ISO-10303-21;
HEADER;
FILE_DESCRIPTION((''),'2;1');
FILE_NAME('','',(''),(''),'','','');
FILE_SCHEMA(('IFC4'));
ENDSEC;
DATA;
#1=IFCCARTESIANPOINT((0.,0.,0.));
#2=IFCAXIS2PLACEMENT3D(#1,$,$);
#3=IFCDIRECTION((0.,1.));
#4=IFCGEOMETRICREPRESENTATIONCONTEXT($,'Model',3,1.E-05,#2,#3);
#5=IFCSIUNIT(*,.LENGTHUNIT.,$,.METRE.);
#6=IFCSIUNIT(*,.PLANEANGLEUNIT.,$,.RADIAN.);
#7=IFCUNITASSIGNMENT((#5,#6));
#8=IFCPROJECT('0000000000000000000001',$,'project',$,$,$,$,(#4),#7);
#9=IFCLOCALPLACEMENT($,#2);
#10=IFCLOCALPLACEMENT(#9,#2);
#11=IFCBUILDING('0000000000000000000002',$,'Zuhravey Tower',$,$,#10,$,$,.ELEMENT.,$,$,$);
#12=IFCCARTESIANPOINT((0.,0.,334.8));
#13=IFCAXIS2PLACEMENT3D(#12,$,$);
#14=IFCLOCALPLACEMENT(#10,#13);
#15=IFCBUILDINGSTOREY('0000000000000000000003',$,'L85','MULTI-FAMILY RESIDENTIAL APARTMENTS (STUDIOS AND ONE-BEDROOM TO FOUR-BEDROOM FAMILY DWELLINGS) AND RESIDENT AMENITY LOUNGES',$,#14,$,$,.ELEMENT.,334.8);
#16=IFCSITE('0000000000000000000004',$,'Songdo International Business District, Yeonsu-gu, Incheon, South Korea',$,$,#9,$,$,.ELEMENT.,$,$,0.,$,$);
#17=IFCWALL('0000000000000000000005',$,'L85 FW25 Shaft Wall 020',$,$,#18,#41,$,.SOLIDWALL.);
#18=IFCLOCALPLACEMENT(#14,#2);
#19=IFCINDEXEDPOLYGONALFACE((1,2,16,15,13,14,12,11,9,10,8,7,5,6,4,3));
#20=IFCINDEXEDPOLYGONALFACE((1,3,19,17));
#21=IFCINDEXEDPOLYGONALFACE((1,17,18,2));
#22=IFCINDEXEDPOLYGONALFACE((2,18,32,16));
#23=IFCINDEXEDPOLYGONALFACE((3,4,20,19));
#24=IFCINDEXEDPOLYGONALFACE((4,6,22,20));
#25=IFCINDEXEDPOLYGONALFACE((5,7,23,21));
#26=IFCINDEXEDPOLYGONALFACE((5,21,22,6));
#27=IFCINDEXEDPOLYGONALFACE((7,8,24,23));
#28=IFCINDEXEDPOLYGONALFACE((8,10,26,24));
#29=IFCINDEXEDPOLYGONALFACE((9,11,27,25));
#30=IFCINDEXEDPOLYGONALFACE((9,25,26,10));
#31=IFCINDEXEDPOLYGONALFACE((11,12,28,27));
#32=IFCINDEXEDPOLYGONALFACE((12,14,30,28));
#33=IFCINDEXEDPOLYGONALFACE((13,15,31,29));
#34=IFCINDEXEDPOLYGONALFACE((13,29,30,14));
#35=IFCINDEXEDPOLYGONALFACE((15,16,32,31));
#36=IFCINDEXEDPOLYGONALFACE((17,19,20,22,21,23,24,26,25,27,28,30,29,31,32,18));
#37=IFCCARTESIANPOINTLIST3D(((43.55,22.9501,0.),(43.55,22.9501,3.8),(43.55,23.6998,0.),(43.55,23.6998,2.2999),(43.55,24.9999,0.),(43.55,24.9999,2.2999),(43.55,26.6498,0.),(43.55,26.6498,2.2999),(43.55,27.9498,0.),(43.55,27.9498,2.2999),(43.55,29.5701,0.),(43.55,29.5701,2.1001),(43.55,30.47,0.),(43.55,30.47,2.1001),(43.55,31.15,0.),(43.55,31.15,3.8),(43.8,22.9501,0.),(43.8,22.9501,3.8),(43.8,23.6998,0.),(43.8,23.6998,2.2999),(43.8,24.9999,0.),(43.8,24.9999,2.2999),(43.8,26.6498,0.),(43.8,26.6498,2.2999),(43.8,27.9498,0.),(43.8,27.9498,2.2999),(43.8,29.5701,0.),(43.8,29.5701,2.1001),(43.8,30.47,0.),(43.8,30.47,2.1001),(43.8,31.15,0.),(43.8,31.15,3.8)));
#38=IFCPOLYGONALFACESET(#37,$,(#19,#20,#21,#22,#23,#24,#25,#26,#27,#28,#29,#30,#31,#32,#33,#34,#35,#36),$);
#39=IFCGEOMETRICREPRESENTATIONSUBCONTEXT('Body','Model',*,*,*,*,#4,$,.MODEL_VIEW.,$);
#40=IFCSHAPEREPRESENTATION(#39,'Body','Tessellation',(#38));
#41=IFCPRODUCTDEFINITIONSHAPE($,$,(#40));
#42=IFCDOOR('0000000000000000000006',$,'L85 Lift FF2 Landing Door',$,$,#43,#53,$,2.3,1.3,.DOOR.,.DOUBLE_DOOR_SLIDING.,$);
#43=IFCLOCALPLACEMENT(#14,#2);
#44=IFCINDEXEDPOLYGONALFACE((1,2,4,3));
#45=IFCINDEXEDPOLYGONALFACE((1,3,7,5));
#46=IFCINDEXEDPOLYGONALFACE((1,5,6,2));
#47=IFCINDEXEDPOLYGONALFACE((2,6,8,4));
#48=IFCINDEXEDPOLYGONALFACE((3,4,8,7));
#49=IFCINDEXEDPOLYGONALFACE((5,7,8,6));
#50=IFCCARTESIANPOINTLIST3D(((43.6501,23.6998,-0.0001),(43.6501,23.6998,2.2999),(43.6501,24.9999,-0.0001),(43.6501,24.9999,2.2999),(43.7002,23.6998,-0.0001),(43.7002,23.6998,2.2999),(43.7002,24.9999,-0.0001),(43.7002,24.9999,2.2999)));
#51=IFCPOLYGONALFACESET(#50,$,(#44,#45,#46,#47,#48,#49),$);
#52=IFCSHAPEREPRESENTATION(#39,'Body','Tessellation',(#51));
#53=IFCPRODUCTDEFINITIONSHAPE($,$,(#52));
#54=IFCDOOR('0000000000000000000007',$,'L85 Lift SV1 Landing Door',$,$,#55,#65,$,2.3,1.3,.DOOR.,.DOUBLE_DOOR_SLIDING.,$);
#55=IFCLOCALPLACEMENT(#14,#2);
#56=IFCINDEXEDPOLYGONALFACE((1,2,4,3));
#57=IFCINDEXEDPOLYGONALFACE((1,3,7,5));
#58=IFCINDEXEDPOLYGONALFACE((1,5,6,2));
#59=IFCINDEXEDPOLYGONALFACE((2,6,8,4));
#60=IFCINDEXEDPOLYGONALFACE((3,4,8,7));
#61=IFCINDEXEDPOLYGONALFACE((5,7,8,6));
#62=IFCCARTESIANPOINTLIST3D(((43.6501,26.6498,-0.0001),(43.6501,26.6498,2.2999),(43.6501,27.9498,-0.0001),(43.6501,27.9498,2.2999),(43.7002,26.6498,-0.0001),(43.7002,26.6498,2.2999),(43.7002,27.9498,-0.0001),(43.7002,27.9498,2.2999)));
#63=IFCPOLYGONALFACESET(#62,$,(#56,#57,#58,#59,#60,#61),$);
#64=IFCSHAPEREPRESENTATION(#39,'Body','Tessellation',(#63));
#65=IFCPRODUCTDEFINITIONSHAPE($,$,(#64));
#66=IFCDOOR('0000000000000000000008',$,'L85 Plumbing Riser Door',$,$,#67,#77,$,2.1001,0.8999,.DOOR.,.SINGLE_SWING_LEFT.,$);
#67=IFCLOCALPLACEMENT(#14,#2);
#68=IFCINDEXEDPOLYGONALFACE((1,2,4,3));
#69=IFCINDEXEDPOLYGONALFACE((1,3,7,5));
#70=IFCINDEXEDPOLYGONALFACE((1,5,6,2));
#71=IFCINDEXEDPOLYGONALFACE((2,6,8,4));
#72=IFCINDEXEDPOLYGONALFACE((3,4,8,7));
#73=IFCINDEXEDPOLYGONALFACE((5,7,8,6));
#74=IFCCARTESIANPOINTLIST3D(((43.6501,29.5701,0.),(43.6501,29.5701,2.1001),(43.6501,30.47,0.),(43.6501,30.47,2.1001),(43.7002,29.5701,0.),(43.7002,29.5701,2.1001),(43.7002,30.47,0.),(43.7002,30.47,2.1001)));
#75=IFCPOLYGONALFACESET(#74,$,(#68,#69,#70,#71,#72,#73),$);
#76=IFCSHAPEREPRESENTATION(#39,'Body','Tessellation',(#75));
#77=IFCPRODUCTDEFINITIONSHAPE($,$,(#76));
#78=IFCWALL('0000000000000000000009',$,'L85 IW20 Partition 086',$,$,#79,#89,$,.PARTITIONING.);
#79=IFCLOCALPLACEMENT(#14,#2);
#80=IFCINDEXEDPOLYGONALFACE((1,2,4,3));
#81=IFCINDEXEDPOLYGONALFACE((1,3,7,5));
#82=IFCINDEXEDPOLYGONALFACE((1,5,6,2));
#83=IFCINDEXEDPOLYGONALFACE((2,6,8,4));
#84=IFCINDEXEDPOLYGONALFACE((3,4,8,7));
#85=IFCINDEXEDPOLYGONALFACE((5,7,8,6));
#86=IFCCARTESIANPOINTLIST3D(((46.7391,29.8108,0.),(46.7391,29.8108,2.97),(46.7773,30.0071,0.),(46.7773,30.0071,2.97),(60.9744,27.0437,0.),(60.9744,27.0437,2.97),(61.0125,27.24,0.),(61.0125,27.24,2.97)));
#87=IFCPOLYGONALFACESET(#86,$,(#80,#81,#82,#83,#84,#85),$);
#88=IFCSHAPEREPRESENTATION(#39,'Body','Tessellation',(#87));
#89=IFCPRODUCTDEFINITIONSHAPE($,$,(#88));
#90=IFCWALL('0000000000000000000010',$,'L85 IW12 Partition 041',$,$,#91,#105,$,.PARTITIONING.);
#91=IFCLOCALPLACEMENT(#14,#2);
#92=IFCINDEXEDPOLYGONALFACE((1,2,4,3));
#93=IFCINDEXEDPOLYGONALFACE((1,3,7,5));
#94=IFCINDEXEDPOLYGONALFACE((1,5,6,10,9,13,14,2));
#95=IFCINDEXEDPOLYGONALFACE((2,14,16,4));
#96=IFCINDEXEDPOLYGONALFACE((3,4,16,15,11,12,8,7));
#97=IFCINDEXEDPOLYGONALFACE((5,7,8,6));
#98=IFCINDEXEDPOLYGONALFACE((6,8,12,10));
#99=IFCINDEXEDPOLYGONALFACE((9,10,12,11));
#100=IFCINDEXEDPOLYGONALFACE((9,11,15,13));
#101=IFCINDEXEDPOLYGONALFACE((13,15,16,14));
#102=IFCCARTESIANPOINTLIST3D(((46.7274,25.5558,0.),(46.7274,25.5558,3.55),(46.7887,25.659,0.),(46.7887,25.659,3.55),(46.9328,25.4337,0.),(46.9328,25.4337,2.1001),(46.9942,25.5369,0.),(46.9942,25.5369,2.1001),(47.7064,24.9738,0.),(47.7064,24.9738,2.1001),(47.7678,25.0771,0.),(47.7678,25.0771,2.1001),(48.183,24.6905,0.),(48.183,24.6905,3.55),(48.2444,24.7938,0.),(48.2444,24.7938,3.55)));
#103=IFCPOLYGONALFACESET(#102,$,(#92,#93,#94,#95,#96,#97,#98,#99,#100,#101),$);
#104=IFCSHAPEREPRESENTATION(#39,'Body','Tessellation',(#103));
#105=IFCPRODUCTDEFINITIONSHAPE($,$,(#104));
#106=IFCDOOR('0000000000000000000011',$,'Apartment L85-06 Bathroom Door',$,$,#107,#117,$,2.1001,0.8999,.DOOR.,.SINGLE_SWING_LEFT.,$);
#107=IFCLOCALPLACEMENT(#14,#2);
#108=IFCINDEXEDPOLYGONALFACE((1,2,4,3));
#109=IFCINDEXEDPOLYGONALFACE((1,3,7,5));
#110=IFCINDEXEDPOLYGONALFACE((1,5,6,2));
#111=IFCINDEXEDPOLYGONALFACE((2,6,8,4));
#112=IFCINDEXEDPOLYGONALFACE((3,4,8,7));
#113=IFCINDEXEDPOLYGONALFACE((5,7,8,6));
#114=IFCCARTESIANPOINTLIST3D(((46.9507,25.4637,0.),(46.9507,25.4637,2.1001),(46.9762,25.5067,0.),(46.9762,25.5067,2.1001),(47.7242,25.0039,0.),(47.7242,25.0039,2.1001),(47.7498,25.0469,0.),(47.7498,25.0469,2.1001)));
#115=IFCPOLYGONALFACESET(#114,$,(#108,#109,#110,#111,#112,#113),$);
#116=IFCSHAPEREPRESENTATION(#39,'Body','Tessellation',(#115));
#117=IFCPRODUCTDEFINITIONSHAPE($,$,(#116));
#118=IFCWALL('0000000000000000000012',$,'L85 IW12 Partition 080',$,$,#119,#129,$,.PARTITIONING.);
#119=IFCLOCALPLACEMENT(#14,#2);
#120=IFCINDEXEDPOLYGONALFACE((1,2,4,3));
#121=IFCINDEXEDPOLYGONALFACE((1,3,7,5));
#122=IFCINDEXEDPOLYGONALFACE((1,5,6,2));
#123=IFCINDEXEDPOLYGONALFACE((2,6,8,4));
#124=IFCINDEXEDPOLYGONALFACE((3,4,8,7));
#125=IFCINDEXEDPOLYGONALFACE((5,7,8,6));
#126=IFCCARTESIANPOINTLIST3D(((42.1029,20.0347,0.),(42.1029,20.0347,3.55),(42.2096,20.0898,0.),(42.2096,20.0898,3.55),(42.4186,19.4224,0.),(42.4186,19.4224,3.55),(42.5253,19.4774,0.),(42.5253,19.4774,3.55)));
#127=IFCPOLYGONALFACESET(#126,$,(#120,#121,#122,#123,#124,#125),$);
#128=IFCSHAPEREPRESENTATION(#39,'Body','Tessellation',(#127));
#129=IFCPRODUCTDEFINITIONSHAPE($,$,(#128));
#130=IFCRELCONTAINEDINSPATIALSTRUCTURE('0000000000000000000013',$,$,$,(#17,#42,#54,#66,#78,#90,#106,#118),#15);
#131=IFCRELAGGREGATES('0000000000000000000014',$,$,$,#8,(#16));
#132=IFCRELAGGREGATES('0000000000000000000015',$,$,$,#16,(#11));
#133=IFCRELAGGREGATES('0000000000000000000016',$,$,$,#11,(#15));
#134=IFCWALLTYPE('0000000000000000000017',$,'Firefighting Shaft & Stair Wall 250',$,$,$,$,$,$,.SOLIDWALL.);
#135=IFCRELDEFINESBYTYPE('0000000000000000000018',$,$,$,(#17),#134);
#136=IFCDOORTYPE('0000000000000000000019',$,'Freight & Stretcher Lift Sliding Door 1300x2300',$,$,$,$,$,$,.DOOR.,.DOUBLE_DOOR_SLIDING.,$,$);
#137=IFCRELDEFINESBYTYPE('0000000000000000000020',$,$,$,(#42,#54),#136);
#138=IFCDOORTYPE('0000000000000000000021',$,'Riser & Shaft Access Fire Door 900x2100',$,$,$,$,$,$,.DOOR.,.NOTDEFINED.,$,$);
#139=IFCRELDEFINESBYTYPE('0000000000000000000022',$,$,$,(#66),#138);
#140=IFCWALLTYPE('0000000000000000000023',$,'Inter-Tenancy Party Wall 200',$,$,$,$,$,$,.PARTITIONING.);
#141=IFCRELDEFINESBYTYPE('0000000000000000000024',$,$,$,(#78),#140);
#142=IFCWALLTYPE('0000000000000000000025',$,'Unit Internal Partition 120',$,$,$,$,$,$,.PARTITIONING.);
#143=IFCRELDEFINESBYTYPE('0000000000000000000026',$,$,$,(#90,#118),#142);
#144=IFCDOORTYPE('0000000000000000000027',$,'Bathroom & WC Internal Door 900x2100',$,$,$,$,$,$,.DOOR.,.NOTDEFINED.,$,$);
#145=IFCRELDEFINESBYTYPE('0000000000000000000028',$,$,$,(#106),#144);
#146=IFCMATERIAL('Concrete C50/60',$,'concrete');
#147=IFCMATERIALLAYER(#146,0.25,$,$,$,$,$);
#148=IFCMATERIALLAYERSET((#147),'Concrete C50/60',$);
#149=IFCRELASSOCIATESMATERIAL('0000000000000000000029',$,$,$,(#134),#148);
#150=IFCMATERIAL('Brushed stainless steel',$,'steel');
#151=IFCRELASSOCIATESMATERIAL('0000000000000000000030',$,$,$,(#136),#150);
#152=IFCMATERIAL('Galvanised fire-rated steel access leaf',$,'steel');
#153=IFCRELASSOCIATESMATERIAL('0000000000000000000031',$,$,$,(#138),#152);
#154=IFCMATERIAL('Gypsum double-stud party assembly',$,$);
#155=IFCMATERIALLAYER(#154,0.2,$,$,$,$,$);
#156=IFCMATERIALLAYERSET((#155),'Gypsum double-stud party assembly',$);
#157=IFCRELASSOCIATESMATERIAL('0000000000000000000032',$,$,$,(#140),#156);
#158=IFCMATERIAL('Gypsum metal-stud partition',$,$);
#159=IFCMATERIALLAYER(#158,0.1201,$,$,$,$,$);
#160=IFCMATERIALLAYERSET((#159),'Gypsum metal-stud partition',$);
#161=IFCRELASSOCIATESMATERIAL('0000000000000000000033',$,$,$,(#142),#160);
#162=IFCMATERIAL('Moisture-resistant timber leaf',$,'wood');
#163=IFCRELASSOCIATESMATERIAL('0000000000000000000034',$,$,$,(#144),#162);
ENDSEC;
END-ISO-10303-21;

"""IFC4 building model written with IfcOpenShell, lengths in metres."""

from ifc_helpers import new_model, si_unit, direction, frame, frame_2d, origin, place, context, subcontext, project, spatial, rectangle, extrude, material, layer, layer_set, type_object, element, fill, save


model = new_model("IFC4")

# Units and contexts
model_context = context("Model", 3, precision=1e-05, world=origin(), true_north=direction((0.0, 1.0)))
body_context = subcontext(model_context, "Body", "Model", "MODEL_VIEW")
ifc_project = project(units=[si_unit("LENGTHUNIT", "METRE"), si_unit("PLANEANGLEUNIT", "RADIAN")], contexts=[model_context])

# Site, building, storey
site_placement = place(None, origin())
site = spatial("IfcSite", under=ifc_project, at=site_placement, Name="Songdo International Business District, Yeonsu-gu, Incheon, South Korea", CompositionType="ELEMENT", RefElevation=0.0)
building_placement = place(site_placement, origin())
building = spatial("IfcBuilding", under=site, at=building_placement, Name="Zuhravey Tower", CompositionType="ELEMENT")
storey_placement = place(building_placement, frame((0.0, 0.0, 334.8)))
storey = spatial("IfcBuildingStorey", under=building, at=storey_placement, Name="L85", Description="MULTI-FAMILY RESIDENTIAL APARTMENTS (STUDIOS AND ONE-BEDROOM TO FOUR-BEDROOM FAMILY DWELLINGS) AND RESIDENT AMENITY LOUNGES", CompositionType="ELEMENT", Elevation=334.8)

# Shared definitions
ifc_material_1 = material(Name="Concrete C50/60", Category="concrete")

# Shared definitions
ifc_layer_1 = layer(ifc_material_1, 0.25)
ifc_layer_set_1 = layer_set([ifc_layer_1], Name="Concrete C50/60")
wall_type_1 = type_object("IfcWallType", Name="Firefighting Shaft & Stair Wall 250", PredefinedType="SOLIDWALL", material=ifc_layer_set_1)

# Wall, openings, doors
wall_1_placement = place(storey_placement, frame((43.675, 22.95, 0.0), z_axis=(0.0, 0.0, 1.0), x_axis=(0.0, 1.0, 0.0)))
wall_1 = element("IfcWall", 1, at=wall_1_placement, inside=storey, type_object=wall_type_1, Name="L85 FW25 Shaft Wall 020", PredefinedType="SOLIDWALL", context=body_context, shape_type="SweptSolid", body=[
    extrude(rectangle(XDim=8.2, YDim=0.25, at=frame_2d((4.1001, 0.0))), origin(), (0.0, 0.0, 1.0), 3.8),
])
opening_1_placement = place(wall_1_placement, frame((0.75, 0.0, 0.0)))
opening_1 = element("IfcOpeningElement", 2, at=opening_1_placement, cuts=wall_1, PredefinedType="OPENING", context=body_context, shape_type="SweptSolid", body=[
    extrude(rectangle(XDim=1.3, YDim=2.3, at=frame_2d((0.6499, 1.1499))), frame((0.0, 0.137, 0.0), z_axis=(0.0, -1.0, 0.0), x_axis=(1.0, 0.0, 0.0)), (0.0, 0.0, 1.0), 0.2739),
])
opening_2_placement = place(wall_1_placement, frame((3.7, 0.0, 0.0)))
opening_2 = element("IfcOpeningElement", 3, at=opening_2_placement, cuts=wall_1, PredefinedType="OPENING", context=body_context, shape_type="SweptSolid", body=[
    extrude(rectangle(XDim=1.3, YDim=2.3, at=frame_2d((0.6499, 1.1499))), frame((0.0, 0.137, 0.0), z_axis=(0.0, -1.0, 0.0), x_axis=(1.0, 0.0, 0.0)), (0.0, 0.0, 1.0), 0.2739),
])
opening_3_placement = place(wall_1_placement, frame((6.6201, 0.0, 0.0)))
opening_3 = element("IfcOpeningElement", 4, at=opening_3_placement, cuts=wall_1, PredefinedType="OPENING", context=body_context, shape_type="SweptSolid", body=[
    extrude(rectangle(XDim=0.8999, YDim=2.1001, at=frame_2d((0.45, 1.05))), frame((0.0, 0.137, 0.0), z_axis=(0.0, -1.0, 0.0), x_axis=(1.0, 0.0, 0.0)), (0.0, 0.0, 1.0), 0.2739),
])
ifc_material_2 = material(Name="Brushed stainless steel", Category="steel")
door_type_1 = type_object("IfcDoorType", Name="Freight & Stretcher Lift Sliding Door 1300x2300", OperationType="DOUBLE_DOOR_SLIDING", PredefinedType="DOOR", material=ifc_material_2)
door_1_placement = place(opening_1_placement, origin())
door_1 = element("IfcDoor", 5, at=door_1_placement, inside=storey, type_object=door_type_1, Name="L85 Lift FF2 Landing Door", OperationType="DOUBLE_DOOR_SLIDING", OverallHeight=2.3, OverallWidth=1.3, PredefinedType="DOOR", context=body_context, shape_type="SweptSolid", body=[
    extrude(rectangle(XDim=1.3, YDim=2.3, at=frame_2d((0.6499, 1.1499))), frame((0.0, 0.0249, 0.0), z_axis=(0.0, -1.0, 0.0), x_axis=(1.0, 0.0, 0.0)), (0.0, 0.0, 1.0), 0.05),
])
fill(opening_1, door_1)
door_2_placement = place(opening_2_placement, origin())
door_2 = element("IfcDoor", 6, at=door_2_placement, inside=storey, type_object=door_type_1, Name="L85 Lift SV1 Landing Door", OperationType="DOUBLE_DOOR_SLIDING", OverallHeight=2.3, OverallWidth=1.3, PredefinedType="DOOR", context=body_context, shape_type="SweptSolid", body=[
    extrude(rectangle(XDim=1.3, YDim=2.3, at=frame_2d((0.6499, 1.1499))), frame((0.0, 0.0249, 0.0), z_axis=(0.0, -1.0, 0.0), x_axis=(1.0, 0.0, 0.0)), (0.0, 0.0, 1.0), 0.05),
])
fill(opening_2, door_2)
ifc_material_3 = material(Name="Galvanised fire-rated steel access leaf", Category="steel")
door_type_2 = type_object("IfcDoorType", Name="Riser & Shaft Access Fire Door 900x2100", OperationType="NOTDEFINED", PredefinedType="DOOR", material=ifc_material_3)
door_3_placement = place(opening_3_placement, origin())
door_3 = element("IfcDoor", 7, at=door_3_placement, inside=storey, type_object=door_type_2, Name="L85 Plumbing Riser Door", OperationType="SINGLE_SWING_LEFT", OverallHeight=2.1001, OverallWidth=0.8999, PredefinedType="DOOR", context=body_context, shape_type="SweptSolid", body=[
    extrude(rectangle(XDim=0.8999, YDim=2.1001, at=frame_2d((0.45, 1.05))), frame((0.0, 0.0249, 0.0), z_axis=(0.0, -1.0, 0.0), x_axis=(1.0, 0.0, 0.0)), (0.0, 0.0, 1.0), 0.05),
])
fill(opening_3, door_3)

# Wall
ifc_material_4 = material(Name="Gypsum double-stud party assembly")
ifc_layer_2 = layer(ifc_material_4, 0.2)
ifc_layer_set_2 = layer_set([ifc_layer_2], Name="Gypsum double-stud party assembly")
wall_type_2 = type_object("IfcWallType", Name="Inter-Tenancy Party Wall 200", PredefinedType="PARTITIONING", material=ifc_layer_set_2)
wall_2_placement = place(storey_placement, frame((46.7581, 29.9089, 0.0), z_axis=(0.0, 0.0, 1.0), x_axis=(0.981627, -0.19081, 0.0)))
element("IfcWall", 8, at=wall_2_placement, inside=storey, type_object=wall_type_2, Name="L85 IW20 Partition 086", PredefinedType="PARTITIONING", context=body_context, shape_type="SweptSolid", body=[
    extrude(rectangle(XDim=14.5017, YDim=0.2, at=frame_2d((7.251, 0.0))), origin(), (0.0, 0.0, 1.0), 2.97),
])

# Wall, opening, door
ifc_material_5 = material(Name="Gypsum metal-stud partition")
ifc_layer_3 = layer(ifc_material_5, 0.1201)
ifc_layer_set_3 = layer_set([ifc_layer_3], Name="Gypsum metal-stud partition")
wall_type_3 = type_object("IfcWallType", Name="Unit Internal Partition 120", PredefinedType="PARTITIONING", material=ifc_layer_set_3)
wall_3_placement = place(storey_placement, frame((46.7581, 25.6074, 0.0), z_axis=(0.0, 0.0, 1.0), x_axis=(0.859598, -0.510972, 0.0)))
wall_3 = element("IfcWall", 9, at=wall_3_placement, inside=storey, type_object=wall_type_3, Name="L85 IW12 Partition 041", PredefinedType="PARTITIONING", context=body_context, shape_type="SweptSolid", body=[
    extrude(rectangle(XDim=1.6934, YDim=0.1201, at=frame_2d((0.8467, 0.0))), origin(), (0.0, 0.0, 1.0), 3.55),
])
opening_4_placement = place(wall_3_placement, frame((0.239, 0.0, 0.0)))
opening_4 = element("IfcOpeningElement", 10, at=opening_4_placement, cuts=wall_3, PredefinedType="OPENING", context=body_context, shape_type="SweptSolid", body=[
    extrude(rectangle(XDim=0.8999, YDim=2.1001, at=frame_2d((0.45, 1.05))), frame((0.0, 0.072, 0.0), z_axis=(0.0, -1.0, 0.0), x_axis=(1.0, 0.0, 0.0)), (0.0, 0.0, 1.0), 0.144),
])
ifc_material_6 = material(Name="Moisture-resistant timber leaf", Category="wood")
door_type_3 = type_object("IfcDoorType", Name="Bathroom & WC Internal Door 900x2100", OperationType="NOTDEFINED", PredefinedType="DOOR", material=ifc_material_6)
door_4_placement = place(opening_4_placement, origin())
door_4 = element("IfcDoor", 11, at=door_4_placement, inside=storey, type_object=door_type_3, Name="Apartment L85-06 Bathroom Door", OperationType="SINGLE_SWING_LEFT", OverallHeight=2.1001, OverallWidth=0.8999, PredefinedType="DOOR", context=body_context, shape_type="SweptSolid", body=[
    extrude(rectangle(XDim=0.8999, YDim=2.1001, at=frame_2d((0.45, 1.05))), frame((0.0, 0.0249, 0.0), z_axis=(0.0, -1.0, 0.0), x_axis=(1.0, 0.0, 0.0)), (0.0, 0.0, 1.0), 0.05),
])
fill(opening_4, door_4)

# Wall
wall_4_placement = place(storey_placement, frame((42.1562, 20.0623, 0.0), z_axis=(0.0, 0.0, 1.0), x_axis=(0.458237, -0.88883, 0.0)))
element("IfcWall", 12, at=wall_4_placement, inside=storey, type_object=wall_type_3, Name="L85 IW12 Partition 080", PredefinedType="PARTITIONING", context=body_context, shape_type="SweptSolid", body=[
    extrude(rectangle(XDim=0.689, YDim=0.1201, at=frame_2d((0.3445, 0.0))), origin(), (0.0, 0.0, 1.0), 3.55),
])

save(model, "model.ifc")
